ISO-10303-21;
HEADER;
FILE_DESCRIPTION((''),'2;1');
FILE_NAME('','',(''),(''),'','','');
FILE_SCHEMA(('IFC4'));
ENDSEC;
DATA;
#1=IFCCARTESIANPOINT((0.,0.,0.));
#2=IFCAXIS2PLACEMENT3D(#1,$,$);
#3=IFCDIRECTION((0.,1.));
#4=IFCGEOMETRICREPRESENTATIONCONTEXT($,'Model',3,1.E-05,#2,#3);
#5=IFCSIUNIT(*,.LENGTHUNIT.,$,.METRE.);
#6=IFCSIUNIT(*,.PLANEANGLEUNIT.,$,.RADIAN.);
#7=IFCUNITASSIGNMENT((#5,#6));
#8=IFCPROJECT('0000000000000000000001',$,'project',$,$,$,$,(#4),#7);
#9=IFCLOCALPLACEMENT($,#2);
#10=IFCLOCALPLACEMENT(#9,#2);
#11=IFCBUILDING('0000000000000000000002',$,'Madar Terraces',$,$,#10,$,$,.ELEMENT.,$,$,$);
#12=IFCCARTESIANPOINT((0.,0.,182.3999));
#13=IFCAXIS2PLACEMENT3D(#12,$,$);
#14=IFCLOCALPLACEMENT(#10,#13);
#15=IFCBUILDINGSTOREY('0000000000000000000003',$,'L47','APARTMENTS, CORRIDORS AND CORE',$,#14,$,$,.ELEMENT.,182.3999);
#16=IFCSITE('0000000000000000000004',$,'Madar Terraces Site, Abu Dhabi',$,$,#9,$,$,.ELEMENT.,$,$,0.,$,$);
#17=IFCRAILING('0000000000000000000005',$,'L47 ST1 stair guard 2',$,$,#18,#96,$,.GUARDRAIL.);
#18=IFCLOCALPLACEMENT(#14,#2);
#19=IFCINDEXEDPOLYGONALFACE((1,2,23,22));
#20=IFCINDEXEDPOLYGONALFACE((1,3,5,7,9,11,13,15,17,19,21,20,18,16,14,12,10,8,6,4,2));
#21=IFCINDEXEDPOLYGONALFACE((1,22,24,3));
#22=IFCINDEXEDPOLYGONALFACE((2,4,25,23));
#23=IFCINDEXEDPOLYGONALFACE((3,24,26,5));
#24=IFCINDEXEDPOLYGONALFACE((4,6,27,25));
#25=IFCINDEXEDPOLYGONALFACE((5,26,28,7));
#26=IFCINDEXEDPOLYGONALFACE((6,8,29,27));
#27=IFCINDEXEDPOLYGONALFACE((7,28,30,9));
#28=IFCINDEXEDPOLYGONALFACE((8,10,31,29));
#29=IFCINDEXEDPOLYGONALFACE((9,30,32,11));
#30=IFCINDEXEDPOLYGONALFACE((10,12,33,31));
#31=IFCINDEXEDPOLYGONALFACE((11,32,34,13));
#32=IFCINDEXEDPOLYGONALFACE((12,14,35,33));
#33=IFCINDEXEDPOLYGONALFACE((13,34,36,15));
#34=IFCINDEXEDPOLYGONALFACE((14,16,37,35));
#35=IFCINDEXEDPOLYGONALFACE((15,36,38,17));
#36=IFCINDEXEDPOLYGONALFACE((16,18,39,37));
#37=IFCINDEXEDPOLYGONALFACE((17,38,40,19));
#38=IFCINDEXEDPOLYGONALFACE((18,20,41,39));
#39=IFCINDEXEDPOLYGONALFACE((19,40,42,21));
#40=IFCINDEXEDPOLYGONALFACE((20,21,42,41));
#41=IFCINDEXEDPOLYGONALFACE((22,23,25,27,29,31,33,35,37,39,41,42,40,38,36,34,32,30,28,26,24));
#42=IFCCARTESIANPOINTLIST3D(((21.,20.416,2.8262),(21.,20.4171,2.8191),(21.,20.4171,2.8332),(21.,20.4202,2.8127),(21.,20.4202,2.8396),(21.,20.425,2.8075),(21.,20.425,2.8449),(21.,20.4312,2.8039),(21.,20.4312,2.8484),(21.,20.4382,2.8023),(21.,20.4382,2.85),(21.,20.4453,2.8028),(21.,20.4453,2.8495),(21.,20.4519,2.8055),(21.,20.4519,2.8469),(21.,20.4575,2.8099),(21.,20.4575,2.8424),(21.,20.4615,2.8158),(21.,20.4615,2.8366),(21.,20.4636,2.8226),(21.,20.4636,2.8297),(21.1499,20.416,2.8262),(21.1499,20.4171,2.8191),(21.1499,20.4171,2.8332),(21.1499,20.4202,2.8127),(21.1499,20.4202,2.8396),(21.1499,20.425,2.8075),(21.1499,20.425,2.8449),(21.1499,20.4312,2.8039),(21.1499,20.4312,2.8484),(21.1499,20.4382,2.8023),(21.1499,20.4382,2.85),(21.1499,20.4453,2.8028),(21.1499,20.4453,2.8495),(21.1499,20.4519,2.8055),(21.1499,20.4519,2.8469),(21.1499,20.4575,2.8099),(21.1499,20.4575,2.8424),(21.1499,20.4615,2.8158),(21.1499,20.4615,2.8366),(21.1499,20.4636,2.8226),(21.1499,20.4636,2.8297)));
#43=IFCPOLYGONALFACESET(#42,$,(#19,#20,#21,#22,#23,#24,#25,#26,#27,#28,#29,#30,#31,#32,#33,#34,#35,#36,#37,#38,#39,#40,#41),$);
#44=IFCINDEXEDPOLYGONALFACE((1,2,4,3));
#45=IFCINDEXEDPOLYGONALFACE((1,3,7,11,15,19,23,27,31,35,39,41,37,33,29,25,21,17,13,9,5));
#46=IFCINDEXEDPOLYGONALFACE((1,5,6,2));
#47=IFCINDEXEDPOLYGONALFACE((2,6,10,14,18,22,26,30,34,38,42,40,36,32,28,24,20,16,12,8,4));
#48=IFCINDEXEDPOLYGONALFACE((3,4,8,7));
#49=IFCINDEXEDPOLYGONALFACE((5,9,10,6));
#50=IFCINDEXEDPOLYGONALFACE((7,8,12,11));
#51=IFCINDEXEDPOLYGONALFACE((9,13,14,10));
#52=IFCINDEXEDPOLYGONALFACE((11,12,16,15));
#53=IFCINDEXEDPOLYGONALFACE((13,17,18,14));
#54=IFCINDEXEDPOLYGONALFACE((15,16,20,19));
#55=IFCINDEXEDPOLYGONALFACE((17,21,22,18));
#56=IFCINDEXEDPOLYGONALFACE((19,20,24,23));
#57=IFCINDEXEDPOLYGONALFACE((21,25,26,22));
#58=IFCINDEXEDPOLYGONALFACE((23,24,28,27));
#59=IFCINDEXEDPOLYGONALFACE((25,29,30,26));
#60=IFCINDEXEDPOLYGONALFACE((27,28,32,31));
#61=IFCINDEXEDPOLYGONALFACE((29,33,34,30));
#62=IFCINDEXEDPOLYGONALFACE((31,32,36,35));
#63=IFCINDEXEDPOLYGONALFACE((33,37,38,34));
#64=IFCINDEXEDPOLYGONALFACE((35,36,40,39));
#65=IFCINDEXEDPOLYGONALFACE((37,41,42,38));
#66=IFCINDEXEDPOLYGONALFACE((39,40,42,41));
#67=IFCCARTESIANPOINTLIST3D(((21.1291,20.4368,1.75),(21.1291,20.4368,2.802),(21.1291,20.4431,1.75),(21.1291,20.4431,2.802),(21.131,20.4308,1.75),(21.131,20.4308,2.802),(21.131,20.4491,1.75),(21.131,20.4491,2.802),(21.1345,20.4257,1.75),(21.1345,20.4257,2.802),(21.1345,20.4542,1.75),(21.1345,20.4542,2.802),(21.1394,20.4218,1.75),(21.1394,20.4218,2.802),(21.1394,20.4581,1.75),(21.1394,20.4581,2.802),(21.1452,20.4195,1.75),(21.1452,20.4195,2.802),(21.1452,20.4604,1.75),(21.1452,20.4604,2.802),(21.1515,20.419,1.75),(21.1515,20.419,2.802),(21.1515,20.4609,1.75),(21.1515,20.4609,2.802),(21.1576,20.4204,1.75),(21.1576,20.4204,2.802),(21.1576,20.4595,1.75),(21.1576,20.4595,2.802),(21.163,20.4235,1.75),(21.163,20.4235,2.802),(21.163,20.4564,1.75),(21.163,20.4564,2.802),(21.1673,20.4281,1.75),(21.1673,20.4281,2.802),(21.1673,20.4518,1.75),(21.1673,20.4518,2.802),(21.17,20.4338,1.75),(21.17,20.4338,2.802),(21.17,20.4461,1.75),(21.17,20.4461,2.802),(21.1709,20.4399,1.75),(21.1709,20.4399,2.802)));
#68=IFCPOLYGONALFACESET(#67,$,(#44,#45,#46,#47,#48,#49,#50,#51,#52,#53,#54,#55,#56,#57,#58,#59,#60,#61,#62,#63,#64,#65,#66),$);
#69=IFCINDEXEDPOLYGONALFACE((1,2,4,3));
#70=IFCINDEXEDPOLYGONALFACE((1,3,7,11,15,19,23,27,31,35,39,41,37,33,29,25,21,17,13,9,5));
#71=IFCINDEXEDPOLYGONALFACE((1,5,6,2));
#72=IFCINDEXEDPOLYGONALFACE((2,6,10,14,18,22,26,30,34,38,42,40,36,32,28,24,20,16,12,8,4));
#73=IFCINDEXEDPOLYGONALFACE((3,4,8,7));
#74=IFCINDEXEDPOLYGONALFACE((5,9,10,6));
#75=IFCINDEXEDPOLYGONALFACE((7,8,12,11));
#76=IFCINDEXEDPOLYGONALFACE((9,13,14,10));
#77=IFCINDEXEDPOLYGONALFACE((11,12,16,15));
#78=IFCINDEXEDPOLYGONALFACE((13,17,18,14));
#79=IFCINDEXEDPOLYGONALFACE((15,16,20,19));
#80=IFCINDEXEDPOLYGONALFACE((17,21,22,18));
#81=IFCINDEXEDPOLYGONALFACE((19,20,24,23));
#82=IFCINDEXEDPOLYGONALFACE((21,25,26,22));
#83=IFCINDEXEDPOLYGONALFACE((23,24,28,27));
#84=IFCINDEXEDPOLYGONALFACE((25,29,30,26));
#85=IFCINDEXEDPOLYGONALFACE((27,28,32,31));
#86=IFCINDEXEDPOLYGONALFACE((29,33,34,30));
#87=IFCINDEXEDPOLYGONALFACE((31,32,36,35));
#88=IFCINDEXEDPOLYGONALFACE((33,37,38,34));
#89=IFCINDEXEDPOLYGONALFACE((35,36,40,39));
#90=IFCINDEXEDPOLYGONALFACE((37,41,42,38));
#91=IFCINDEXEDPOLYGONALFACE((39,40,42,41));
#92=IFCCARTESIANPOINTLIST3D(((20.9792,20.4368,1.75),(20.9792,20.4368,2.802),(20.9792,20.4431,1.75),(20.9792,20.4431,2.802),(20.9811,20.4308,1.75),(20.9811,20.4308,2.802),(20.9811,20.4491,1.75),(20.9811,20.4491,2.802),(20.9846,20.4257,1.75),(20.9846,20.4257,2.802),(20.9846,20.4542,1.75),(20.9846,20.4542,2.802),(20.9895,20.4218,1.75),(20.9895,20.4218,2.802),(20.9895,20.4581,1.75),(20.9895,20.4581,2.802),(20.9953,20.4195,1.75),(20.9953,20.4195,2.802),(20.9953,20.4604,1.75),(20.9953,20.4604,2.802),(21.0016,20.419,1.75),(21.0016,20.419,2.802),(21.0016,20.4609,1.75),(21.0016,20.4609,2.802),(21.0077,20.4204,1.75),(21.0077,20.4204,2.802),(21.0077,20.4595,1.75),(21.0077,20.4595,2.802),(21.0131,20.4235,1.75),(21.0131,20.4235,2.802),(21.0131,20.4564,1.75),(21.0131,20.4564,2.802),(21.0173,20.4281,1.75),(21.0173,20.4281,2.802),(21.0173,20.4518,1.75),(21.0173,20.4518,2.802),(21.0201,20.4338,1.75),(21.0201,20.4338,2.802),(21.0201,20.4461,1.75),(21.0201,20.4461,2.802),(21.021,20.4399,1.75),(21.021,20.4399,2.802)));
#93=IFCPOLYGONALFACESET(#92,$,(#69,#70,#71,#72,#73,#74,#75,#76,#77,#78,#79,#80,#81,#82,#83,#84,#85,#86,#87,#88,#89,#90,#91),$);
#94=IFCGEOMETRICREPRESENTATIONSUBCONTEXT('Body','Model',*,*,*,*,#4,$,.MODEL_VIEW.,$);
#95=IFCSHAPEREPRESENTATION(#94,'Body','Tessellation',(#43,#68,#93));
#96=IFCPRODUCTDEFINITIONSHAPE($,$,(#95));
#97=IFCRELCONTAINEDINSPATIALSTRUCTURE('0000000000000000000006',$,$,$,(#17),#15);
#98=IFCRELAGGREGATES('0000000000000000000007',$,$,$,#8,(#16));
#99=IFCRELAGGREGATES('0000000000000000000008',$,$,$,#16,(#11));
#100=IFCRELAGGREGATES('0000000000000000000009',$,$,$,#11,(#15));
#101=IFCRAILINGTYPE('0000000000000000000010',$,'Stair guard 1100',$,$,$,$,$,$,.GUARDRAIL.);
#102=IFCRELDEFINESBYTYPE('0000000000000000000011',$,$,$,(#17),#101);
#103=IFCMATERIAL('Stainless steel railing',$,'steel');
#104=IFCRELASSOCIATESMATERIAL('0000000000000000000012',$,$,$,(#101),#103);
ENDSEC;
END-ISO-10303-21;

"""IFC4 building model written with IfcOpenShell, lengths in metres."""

from ifc_helpers import new_model, si_unit, direction, frame, origin, origin_2d, place, context, subcontext, project, spatial, circle, extrude, material, type_object, element, save


model = new_model("IFC4")

# Units and contexts
model_context = context("Model", 3, precision=1e-05, world=origin(), true_north=direction((0.0, 1.0)))
body_context = subcontext(model_context, "Body", "Model", "MODEL_VIEW")
ifc_project = project(units=[si_unit("LENGTHUNIT", "METRE"), si_unit("PLANEANGLEUNIT", "RADIAN")], contexts=[model_context])

# Site, building, storey
site_placement = place(None, origin())
site = spatial("IfcSite", under=ifc_project, at=site_placement, Name="Madar Terraces Site, Abu Dhabi", CompositionType="ELEMENT", RefElevation=0.0)
building_placement = place(site_placement, origin())
building = spatial("IfcBuilding", under=site, at=building_placement, Name="Madar Terraces", CompositionType="ELEMENT")
storey_placement = place(building_placement, frame((0.0, 0.0, 182.3999)))
storey = spatial("IfcBuildingStorey", under=building, at=storey_placement, Name="L47", Description="APARTMENTS, CORRIDORS AND CORE", CompositionType="ELEMENT", Elevation=182.3999)

# Railing
ifc_material_1 = material(Name="Stainless steel railing", Category="steel")
railing_type_1 = type_object("IfcRailingType", Name="Stair guard 1100", PredefinedType="GUARDRAIL", material=ifc_material_1)
railing_1_placement = place(storey_placement, frame((21.1499, 20.4399, 1.75)))
element("IfcRailing", 1, at=railing_1_placement, inside=storey, type_object=railing_type_1, Name="L47 ST1 stair guard 2", PredefinedType="GUARDRAIL", context=body_context, shape_type="SweptSolid", body=[
    extrude(circle(Radius=0.0239, at=origin_2d()), frame((0.0, 0.0, 1.0762), z_axis=(-1.0, 0.0, 0.0), x_axis=(0.0, -1.0, 0.0)), (0.0, 0.0, 1.0), 0.1499),
    extrude(circle(Radius=0.021, at=origin_2d()), origin(), (0.0, 0.0, 1.0), 1.052),
    extrude(circle(Radius=0.021, at=origin_2d()), frame((-0.1499, 0.0, 0.0)), (0.0, 0.0, 1.0), 1.052),
])

save(model, "model.ifc")
